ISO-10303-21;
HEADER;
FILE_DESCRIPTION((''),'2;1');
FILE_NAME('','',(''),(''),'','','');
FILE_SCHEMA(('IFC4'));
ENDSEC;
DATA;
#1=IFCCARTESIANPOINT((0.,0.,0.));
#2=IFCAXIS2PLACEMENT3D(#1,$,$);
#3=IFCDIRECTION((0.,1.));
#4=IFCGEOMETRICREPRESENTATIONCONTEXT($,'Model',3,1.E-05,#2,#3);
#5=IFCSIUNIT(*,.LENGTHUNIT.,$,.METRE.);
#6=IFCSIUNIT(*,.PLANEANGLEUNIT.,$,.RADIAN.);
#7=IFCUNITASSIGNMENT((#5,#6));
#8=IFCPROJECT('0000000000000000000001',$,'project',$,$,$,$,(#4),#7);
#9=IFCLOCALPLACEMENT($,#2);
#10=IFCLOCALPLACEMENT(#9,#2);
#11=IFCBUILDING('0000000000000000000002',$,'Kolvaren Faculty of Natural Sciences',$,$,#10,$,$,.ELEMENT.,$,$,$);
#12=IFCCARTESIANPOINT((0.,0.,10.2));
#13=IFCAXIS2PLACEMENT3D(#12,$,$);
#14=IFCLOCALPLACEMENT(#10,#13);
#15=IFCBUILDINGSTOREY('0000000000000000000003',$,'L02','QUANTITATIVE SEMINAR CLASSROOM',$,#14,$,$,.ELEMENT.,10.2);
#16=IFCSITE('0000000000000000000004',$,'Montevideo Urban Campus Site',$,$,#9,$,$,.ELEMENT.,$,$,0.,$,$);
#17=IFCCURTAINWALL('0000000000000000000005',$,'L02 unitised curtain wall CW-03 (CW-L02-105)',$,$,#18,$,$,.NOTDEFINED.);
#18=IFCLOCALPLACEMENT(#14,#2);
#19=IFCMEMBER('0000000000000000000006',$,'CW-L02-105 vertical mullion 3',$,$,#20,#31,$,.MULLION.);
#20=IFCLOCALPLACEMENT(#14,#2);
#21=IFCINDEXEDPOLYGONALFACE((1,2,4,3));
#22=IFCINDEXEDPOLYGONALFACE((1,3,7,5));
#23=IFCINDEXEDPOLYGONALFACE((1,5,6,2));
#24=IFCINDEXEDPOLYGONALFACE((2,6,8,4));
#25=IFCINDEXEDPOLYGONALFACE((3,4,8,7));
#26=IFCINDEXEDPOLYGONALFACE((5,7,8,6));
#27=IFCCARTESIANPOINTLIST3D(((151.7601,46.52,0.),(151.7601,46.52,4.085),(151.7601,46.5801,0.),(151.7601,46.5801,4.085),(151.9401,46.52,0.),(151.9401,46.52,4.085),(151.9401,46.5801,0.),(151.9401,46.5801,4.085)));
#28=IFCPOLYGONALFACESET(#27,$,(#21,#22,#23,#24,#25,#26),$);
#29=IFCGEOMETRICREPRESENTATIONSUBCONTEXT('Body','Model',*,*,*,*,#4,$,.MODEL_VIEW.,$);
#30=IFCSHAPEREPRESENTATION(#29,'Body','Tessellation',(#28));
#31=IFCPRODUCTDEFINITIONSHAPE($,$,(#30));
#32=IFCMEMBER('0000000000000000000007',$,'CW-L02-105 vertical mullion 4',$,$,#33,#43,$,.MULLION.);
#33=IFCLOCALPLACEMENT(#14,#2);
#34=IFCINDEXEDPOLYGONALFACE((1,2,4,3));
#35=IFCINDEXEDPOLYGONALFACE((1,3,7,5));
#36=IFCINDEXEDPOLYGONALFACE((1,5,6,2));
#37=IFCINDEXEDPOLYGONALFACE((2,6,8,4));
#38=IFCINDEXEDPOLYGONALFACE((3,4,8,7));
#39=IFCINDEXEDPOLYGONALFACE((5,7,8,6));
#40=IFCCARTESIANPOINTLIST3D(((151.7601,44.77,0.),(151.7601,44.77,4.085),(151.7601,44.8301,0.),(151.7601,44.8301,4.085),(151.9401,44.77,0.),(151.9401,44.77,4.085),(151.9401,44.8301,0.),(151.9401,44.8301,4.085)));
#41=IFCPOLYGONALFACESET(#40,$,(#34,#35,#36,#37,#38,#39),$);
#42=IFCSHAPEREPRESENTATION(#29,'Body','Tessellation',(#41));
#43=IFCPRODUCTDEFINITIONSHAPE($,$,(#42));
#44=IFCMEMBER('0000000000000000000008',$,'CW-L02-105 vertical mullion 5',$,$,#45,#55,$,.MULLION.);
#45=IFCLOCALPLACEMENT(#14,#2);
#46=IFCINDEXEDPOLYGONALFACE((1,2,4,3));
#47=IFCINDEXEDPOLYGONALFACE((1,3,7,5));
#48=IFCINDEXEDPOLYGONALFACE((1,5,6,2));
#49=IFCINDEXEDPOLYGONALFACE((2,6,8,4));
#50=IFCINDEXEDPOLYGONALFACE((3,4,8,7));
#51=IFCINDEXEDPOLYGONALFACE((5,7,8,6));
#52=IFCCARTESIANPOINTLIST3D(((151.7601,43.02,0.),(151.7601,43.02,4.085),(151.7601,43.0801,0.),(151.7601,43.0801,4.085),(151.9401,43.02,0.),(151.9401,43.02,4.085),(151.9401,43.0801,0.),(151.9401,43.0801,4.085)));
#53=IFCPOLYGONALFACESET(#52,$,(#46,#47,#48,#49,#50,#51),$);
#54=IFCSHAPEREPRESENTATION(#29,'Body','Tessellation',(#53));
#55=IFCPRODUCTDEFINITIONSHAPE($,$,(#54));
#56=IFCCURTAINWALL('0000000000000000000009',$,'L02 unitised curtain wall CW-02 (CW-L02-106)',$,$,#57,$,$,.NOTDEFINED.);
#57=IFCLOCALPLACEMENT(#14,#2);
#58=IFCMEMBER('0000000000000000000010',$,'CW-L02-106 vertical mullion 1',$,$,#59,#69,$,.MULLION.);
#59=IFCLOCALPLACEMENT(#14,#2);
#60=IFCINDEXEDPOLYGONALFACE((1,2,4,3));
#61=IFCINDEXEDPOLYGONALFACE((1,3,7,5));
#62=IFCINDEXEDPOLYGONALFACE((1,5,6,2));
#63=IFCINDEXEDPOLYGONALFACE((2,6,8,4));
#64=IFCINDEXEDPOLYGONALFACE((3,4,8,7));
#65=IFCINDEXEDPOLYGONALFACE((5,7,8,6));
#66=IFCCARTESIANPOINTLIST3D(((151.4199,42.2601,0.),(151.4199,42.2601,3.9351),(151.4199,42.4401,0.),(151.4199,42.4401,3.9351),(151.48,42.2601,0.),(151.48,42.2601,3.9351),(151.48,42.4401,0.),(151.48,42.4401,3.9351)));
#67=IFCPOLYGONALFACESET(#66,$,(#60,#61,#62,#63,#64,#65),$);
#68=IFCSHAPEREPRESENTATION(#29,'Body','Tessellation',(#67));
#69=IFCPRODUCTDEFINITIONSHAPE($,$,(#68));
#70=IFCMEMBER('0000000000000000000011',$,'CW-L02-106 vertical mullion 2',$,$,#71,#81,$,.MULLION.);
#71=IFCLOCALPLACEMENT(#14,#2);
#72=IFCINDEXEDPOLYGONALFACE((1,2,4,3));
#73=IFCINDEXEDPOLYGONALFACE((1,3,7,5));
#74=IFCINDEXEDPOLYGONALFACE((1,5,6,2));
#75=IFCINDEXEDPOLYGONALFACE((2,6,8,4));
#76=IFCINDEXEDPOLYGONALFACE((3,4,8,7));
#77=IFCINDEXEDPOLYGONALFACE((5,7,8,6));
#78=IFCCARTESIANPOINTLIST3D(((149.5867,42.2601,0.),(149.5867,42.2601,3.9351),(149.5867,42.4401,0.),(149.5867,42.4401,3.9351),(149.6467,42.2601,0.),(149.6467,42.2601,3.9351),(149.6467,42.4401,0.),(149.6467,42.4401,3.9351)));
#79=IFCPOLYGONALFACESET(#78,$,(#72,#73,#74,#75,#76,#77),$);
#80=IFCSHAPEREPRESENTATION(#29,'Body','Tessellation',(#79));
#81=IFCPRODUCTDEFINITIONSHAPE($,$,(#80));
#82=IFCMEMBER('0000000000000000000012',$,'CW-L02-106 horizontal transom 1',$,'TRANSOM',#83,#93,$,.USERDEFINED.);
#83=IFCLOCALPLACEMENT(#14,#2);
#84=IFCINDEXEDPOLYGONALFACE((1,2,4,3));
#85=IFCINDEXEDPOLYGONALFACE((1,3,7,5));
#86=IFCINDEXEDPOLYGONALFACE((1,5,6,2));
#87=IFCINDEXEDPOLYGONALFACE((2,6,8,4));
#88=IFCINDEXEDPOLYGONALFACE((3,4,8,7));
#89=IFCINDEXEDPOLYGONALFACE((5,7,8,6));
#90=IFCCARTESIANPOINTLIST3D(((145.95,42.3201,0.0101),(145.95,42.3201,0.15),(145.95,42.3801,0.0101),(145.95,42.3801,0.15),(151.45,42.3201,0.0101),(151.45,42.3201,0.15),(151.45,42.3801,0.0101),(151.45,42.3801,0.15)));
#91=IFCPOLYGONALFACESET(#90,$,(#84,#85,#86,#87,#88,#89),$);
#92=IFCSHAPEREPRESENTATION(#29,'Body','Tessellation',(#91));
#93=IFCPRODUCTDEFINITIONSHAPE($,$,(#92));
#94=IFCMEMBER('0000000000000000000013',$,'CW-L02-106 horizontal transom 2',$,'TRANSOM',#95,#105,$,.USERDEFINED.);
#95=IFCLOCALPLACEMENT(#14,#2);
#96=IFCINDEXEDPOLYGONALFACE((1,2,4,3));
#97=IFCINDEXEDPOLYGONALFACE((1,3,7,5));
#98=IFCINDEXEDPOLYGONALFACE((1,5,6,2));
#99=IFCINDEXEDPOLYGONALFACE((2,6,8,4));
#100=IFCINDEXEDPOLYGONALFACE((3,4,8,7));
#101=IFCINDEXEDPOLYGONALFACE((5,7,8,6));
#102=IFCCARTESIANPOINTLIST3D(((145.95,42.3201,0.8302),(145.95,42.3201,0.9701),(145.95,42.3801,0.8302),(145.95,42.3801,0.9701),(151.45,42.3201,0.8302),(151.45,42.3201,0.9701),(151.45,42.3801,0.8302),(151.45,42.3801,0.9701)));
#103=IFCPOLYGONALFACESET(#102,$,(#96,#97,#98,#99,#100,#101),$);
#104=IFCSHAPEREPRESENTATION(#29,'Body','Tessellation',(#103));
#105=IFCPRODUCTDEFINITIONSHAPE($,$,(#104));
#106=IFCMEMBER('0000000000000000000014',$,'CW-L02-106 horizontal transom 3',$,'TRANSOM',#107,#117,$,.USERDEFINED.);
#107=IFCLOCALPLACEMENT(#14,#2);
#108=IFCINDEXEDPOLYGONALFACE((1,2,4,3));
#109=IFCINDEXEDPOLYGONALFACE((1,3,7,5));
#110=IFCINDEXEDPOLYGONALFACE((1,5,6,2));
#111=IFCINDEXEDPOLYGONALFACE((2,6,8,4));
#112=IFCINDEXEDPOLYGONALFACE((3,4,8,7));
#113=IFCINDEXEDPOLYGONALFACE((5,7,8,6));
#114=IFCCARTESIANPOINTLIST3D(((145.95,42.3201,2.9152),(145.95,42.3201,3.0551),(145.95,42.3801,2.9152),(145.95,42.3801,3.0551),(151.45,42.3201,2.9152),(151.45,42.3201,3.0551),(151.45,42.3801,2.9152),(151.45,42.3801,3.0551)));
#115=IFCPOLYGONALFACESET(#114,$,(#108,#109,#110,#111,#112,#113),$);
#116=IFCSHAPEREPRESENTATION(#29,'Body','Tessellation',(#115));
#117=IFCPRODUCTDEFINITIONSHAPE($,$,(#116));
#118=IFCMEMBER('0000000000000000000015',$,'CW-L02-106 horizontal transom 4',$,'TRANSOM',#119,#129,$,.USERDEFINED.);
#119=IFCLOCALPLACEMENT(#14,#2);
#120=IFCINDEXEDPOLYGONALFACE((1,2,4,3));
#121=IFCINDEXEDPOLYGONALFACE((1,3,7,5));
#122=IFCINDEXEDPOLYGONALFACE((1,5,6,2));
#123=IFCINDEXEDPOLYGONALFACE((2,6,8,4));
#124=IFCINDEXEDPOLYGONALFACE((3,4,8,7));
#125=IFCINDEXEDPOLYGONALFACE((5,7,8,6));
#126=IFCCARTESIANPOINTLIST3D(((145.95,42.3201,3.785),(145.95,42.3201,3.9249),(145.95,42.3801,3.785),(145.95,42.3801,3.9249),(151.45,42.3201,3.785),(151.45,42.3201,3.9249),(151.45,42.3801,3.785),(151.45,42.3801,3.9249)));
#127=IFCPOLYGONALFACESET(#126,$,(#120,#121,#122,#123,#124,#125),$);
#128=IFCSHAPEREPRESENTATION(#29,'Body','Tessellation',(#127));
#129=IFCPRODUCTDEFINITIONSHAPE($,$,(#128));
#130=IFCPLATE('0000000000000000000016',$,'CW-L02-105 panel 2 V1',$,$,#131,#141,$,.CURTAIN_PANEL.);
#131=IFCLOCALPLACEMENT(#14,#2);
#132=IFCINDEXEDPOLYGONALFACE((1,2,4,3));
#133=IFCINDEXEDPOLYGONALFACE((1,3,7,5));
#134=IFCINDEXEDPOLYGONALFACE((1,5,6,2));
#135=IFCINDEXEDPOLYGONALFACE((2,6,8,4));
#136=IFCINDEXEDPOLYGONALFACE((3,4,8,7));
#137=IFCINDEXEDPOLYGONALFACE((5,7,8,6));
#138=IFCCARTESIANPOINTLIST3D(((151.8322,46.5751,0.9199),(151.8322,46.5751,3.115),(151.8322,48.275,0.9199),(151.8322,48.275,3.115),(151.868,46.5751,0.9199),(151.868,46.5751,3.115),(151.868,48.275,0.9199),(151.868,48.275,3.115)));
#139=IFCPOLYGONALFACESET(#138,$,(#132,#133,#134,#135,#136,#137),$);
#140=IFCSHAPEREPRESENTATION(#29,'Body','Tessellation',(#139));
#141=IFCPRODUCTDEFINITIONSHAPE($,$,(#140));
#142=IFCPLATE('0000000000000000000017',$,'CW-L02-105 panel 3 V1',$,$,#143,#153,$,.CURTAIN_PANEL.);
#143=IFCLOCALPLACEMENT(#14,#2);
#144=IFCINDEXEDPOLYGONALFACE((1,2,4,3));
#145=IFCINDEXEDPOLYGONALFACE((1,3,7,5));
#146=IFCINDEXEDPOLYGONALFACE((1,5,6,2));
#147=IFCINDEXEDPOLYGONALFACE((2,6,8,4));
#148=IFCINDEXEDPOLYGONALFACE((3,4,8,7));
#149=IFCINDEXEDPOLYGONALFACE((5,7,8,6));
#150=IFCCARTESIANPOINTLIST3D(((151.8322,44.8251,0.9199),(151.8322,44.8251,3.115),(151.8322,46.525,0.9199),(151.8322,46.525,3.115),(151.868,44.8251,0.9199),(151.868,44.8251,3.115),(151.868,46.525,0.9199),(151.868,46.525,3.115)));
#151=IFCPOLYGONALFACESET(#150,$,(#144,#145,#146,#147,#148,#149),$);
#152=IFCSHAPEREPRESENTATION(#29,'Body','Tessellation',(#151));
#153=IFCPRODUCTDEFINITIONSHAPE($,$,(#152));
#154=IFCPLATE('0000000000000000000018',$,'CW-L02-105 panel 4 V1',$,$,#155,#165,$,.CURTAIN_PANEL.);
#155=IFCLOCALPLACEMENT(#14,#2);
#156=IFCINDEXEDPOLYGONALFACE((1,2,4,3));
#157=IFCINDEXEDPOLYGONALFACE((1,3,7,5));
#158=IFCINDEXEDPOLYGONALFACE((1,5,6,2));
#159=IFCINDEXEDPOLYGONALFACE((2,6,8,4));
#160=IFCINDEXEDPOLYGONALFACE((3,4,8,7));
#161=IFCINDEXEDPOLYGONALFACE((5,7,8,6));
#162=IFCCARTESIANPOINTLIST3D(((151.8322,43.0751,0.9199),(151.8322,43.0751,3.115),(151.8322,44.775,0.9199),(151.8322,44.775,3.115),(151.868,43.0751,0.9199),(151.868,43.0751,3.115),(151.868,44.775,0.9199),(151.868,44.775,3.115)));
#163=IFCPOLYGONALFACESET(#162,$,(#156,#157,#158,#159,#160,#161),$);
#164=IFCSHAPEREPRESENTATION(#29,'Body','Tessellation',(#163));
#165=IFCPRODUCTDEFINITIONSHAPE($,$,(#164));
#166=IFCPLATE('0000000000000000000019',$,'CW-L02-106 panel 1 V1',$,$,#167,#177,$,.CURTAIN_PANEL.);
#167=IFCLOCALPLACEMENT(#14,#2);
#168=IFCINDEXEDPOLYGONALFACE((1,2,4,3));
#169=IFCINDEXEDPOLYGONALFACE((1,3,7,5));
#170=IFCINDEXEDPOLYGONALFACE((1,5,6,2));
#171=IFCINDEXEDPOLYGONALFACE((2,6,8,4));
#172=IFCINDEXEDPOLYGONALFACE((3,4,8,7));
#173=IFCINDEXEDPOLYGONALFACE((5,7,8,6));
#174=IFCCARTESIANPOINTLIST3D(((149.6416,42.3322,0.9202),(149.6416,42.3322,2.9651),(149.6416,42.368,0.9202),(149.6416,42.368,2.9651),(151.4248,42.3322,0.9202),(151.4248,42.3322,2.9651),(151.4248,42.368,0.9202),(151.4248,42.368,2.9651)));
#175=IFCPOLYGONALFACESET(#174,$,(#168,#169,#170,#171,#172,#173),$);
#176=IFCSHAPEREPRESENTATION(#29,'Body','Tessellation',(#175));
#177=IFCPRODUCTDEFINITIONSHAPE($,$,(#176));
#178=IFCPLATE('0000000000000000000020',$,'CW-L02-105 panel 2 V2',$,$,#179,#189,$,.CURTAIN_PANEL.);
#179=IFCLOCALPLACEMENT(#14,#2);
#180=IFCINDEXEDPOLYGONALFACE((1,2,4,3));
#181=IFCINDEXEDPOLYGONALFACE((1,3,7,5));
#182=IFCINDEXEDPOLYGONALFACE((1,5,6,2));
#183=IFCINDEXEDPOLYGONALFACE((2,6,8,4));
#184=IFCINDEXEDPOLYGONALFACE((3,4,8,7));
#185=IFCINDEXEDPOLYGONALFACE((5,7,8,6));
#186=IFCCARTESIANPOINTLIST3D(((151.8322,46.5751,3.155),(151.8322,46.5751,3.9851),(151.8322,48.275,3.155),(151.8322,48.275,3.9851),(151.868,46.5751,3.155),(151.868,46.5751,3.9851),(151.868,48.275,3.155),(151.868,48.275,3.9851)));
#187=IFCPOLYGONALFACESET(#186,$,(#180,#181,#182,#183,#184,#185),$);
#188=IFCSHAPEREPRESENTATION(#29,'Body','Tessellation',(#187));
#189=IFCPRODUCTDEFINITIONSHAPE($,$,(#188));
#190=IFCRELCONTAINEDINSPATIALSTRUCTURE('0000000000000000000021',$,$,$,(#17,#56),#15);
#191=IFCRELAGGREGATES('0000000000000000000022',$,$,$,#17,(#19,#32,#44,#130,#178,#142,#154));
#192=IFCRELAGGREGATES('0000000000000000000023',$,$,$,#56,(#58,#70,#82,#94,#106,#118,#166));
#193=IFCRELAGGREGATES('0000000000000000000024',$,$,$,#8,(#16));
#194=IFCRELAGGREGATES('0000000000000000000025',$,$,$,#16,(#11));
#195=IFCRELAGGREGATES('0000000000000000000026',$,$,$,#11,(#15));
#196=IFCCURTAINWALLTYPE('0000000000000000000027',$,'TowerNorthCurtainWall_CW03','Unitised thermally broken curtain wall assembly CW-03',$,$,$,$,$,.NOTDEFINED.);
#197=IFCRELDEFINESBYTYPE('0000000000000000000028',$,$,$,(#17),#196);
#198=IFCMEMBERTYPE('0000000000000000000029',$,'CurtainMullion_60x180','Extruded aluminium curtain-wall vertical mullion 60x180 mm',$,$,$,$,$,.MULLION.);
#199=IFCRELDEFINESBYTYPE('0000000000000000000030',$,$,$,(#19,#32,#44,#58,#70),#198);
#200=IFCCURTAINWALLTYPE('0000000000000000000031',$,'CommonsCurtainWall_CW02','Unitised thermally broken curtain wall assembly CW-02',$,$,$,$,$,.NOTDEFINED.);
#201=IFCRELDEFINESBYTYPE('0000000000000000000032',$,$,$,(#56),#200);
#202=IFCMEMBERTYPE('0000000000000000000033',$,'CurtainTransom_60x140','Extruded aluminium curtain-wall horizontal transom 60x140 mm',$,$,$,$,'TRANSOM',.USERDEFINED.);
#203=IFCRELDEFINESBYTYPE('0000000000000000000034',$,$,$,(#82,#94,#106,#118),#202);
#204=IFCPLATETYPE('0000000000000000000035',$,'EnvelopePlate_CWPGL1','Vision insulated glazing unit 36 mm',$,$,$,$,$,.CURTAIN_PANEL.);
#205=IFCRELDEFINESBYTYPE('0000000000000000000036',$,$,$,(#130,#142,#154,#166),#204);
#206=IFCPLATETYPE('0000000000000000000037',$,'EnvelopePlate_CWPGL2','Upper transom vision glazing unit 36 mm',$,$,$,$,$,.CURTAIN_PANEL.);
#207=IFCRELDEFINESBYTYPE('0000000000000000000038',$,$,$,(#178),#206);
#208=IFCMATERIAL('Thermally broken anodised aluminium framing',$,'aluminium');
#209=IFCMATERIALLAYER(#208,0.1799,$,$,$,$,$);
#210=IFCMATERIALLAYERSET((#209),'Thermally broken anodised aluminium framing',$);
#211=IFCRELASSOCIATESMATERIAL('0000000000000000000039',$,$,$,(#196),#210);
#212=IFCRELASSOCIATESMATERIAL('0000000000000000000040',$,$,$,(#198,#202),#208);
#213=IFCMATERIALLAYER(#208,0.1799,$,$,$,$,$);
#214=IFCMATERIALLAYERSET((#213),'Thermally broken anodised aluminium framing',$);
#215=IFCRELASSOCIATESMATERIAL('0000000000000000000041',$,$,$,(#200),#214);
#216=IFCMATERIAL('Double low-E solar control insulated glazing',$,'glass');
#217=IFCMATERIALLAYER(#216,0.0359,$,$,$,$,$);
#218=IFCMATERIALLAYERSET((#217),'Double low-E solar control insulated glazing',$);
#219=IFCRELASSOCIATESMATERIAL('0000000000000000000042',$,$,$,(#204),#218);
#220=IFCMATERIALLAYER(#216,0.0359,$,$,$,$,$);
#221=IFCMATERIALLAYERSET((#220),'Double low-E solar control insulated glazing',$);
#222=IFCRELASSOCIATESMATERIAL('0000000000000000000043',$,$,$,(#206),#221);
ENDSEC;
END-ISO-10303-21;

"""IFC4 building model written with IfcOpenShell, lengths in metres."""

from ifc_helpers import new_model, si_unit, direction, frame, origin, origin_2d, place, context, subcontext, project, spatial, rectangle, extrude, material, layer, layer_set, material_profile, profile_set, type_object, element, aggregate, save


model = new_model("IFC4")

# Units and contexts
model_context = context("Model", 3, precision=1e-05, world=origin(), true_north=direction((0.0, 1.0)))
body_context = subcontext(model_context, "Body", "Model", "MODEL_VIEW")
ifc_project = project(units=[si_unit("LENGTHUNIT", "METRE"), si_unit("PLANEANGLEUNIT", "RADIAN")], contexts=[model_context])

# Site, building, storey
site_placement = place(None, origin())
site = spatial("IfcSite", under=ifc_project, at=site_placement, Name="Montevideo Urban Campus Site", CompositionType="ELEMENT", RefElevation=0.0)
building_placement = place(site_placement, origin())
building = spatial("IfcBuilding", under=site, at=building_placement, Name="Kolvaren Faculty of Natural Sciences", CompositionType="ELEMENT")
storey_placement = place(building_placement, frame((0.0, 0.0, 10.2)))
storey = spatial("IfcBuildingStorey", under=building, at=storey_placement, Name="L02", Description="QUANTITATIVE SEMINAR CLASSROOM", CompositionType="ELEMENT", Elevation=10.2)

# Curtain walls, members
ifc_material_1 = material(Name="Thermally broken anodised aluminium framing", Category="aluminium")
ifc_layer_1 = layer(ifc_material_1, 0.1799)
ifc_layer_set_1 = layer_set([ifc_layer_1], Name="Thermally broken anodised aluminium framing")
curtain_wall_type_1 = type_object("IfcCurtainWallType", Name="TowerNorthCurtainWall_CW03", Description="Unitised thermally broken curtain wall assembly CW-03", PredefinedType="NOTDEFINED", material=ifc_layer_set_1)
curtain_wall_1_placement = place(storey_placement, origin())
curtain_wall_1 = element("IfcCurtainWall", 1, at=curtain_wall_1_placement, inside=storey, type_object=curtain_wall_type_1, Name="L02 unitised curtain wall CW-03 (CW-L02-105)", PredefinedType="NOTDEFINED")
ifc_material_profile_1 = material_profile(ifc_material_1, rectangle(XDim=0.0601, YDim=0.1799, at=origin_2d()), Name="ALU MUL 60x180")
ifc_profile_set_1 = profile_set([ifc_material_profile_1], Name="Thermally broken anodised aluminium framing")
member_type_1 = type_object("IfcMemberType", Name="CurtainMullion_60x180", Description="Extruded aluminium curtain-wall vertical mullion 60x180 mm", PredefinedType="MULLION", material=ifc_profile_set_1)
member_1_placement = place(storey_placement, frame((151.8501, 46.55, 0.0), z_axis=(0.0, 0.0, 1.0), x_axis=(0.0, -1.0, 0.0)))
member_1 = element("IfcMember", 2, at=member_1_placement, type_object=member_type_1, Name="CW-L02-105 vertical mullion 3", PredefinedType="MULLION", context=body_context, shape_type="SweptSolid", body=[
    extrude(rectangle(XDim=0.0601, YDim=0.1799, at=origin_2d()), origin(), (0.0, 0.0, 1.0), 4.085),
])
member_2_placement = place(storey_placement, frame((151.8501, 44.8, 0.0), z_axis=(0.0, 0.0, 1.0), x_axis=(0.0, -1.0, 0.0)))
member_2 = element("IfcMember", 3, at=member_2_placement, type_object=member_type_1, Name="CW-L02-105 vertical mullion 4", PredefinedType="MULLION", context=body_context, shape_type="SweptSolid", body=[
    extrude(rectangle(XDim=0.0601, YDim=0.1799, at=origin_2d()), origin(), (0.0, 0.0, 1.0), 4.085),
])
member_3_placement = place(storey_placement, frame((151.8501, 43.05, 0.0), z_axis=(0.0, 0.0, 1.0), x_axis=(0.0, -1.0, 0.0)))
member_3 = element("IfcMember", 4, at=member_3_placement, type_object=member_type_1, Name="CW-L02-105 vertical mullion 5", PredefinedType="MULLION", context=body_context, shape_type="SweptSolid", body=[
    extrude(rectangle(XDim=0.0601, YDim=0.1799, at=origin_2d()), origin(), (0.0, 0.0, 1.0), 4.085),
])
ifc_layer_2 = layer(ifc_material_1, 0.1799)
ifc_layer_set_2 = layer_set([ifc_layer_2], Name="Thermally broken anodised aluminium framing")
curtain_wall_type_2 = type_object("IfcCurtainWallType", Name="CommonsCurtainWall_CW02", Description="Unitised thermally broken curtain wall assembly CW-02", PredefinedType="NOTDEFINED", material=ifc_layer_set_2)
curtain_wall_2_placement = place(storey_placement, origin())
curtain_wall_2 = element("IfcCurtainWall", 5, at=curtain_wall_2_placement, inside=storey, type_object=curtain_wall_type_2, Name="L02 unitised curtain wall CW-02 (CW-L02-106)", PredefinedType="NOTDEFINED")
member_4_placement = place(storey_placement, frame((151.45, 42.3501, 0.0), z_axis=(0.0, 0.0, 1.0), x_axis=(-1.0, 0.0, 0.0)))
member_4 = element("IfcMember", 6, at=member_4_placement, type_object=member_type_1, Name="CW-L02-106 vertical mullion 1", PredefinedType="MULLION", context=body_context, shape_type="SweptSolid", body=[
    extrude(rectangle(XDim=0.0601, YDim=0.1799, at=origin_2d()), origin(), (0.0, 0.0, 1.0), 3.9351),
])
member_5_placement = place(storey_placement, frame((149.6167, 42.3501, 0.0), z_axis=(0.0, 0.0, 1.0), x_axis=(-1.0, 0.0, 0.0)))
member_5 = element("IfcMember", 7, at=member_5_placement, type_object=member_type_1, Name="CW-L02-106 vertical mullion 2", PredefinedType="MULLION", context=body_context, shape_type="SweptSolid", body=[
    extrude(rectangle(XDim=0.0601, YDim=0.1799, at=origin_2d()), origin(), (0.0, 0.0, 1.0), 3.9351),
])
ifc_material_profile_2 = material_profile(ifc_material_1, rectangle(XDim=0.0601, YDim=0.1399, at=origin_2d()), Name="ALU TRN 60x140")
ifc_profile_set_2 = profile_set([ifc_material_profile_2], Name="Thermally broken anodised aluminium framing")
member_type_2 = type_object("IfcMemberType", Name="CurtainTransom_60x140", Description="Extruded aluminium curtain-wall horizontal transom 60x140 mm", ElementType="TRANSOM", PredefinedType="USERDEFINED", material=ifc_profile_set_2)
member_6_placement = place(storey_placement, frame((151.45, 42.3501, 0.0801), z_axis=(-1.0, 0.0, 0.0), x_axis=(0.0, -1.0, 0.0)))
member_6 = element("IfcMember", 8, at=member_6_placement, type_object=member_type_2, Name="CW-L02-106 horizontal transom 1", ObjectType="TRANSOM", PredefinedType="USERDEFINED", context=body_context, shape_type="SweptSolid", body=[
    extrude(rectangle(XDim=0.0601, YDim=0.1399, at=origin_2d()), origin(), (0.0, 0.0, 1.0), 5.5),
])
member_7_placement = place(storey_placement, frame((151.45, 42.3501, 0.9001), z_axis=(-1.0, 0.0, 0.0), x_axis=(0.0, -1.0, 0.0)))
member_7 = element("IfcMember", 9, at=member_7_placement, type_object=member_type_2, Name="CW-L02-106 horizontal transom 2", ObjectType="TRANSOM", PredefinedType="USERDEFINED", context=body_context, shape_type="SweptSolid", body=[
    extrude(rectangle(XDim=0.0601, YDim=0.1399, at=origin_2d()), origin(), (0.0, 0.0, 1.0), 5.5),
])
member_8_placement = place(storey_placement, frame((151.45, 42.3501, 2.9851), z_axis=(-1.0, 0.0, 0.0), x_axis=(0.0, -1.0, 0.0)))
member_8 = element("IfcMember", 10, at=member_8_placement, type_object=member_type_2, Name="CW-L02-106 horizontal transom 3", ObjectType="TRANSOM", PredefinedType="USERDEFINED", context=body_context, shape_type="SweptSolid", body=[
    extrude(rectangle(XDim=0.0601, YDim=0.1399, at=origin_2d()), origin(), (0.0, 0.0, 1.0), 5.5),
])
member_9_placement = place(storey_placement, frame((151.45, 42.3501, 3.855), z_axis=(-1.0, 0.0, 0.0), x_axis=(0.0, -1.0, 0.0)))
member_9 = element("IfcMember", 11, at=member_9_placement, type_object=member_type_2, Name="CW-L02-106 horizontal transom 4", ObjectType="TRANSOM", PredefinedType="USERDEFINED", context=body_context, shape_type="SweptSolid", body=[
    extrude(rectangle(XDim=0.0601, YDim=0.1399, at=origin_2d()), origin(), (0.0, 0.0, 1.0), 5.5),
])

# Plates
ifc_material_2 = material(Name="Double low-E solar control insulated glazing", Category="glass")
ifc_layer_3 = layer(ifc_material_2, 0.0359)
ifc_layer_set_3 = layer_set([ifc_layer_3], Name="Double low-E solar control insulated glazing")
plate_type_1 = type_object("IfcPlateType", Name="EnvelopePlate_CWPGL1", Description="Vision insulated glazing unit 36 mm", PredefinedType="CURTAIN_PANEL", material=ifc_layer_set_3)
plate_1_placement = place(storey_placement, frame((151.8501, 47.425, 0.9199), z_axis=(0.0, 0.0, 1.0), x_axis=(0.0, -1.0, 0.0)))
plate_1 = element("IfcPlate", 12, at=plate_1_placement, type_object=plate_type_1, Name="CW-L02-105 panel 2 V1", PredefinedType="CURTAIN_PANEL", context=body_context, shape_type="SweptSolid", body=[
    extrude(rectangle(XDim=1.7, YDim=0.0359, at=origin_2d()), origin(), (0.0, 0.0, 1.0), 2.1951),
])
plate_2_placement = place(storey_placement, frame((151.8501, 45.675, 0.9199), z_axis=(0.0, 0.0, 1.0), x_axis=(0.0, -1.0, 0.0)))
plate_2 = element("IfcPlate", 13, at=plate_2_placement, type_object=plate_type_1, Name="CW-L02-105 panel 3 V1", PredefinedType="CURTAIN_PANEL", context=body_context, shape_type="SweptSolid", body=[
    extrude(rectangle(XDim=1.7, YDim=0.0359, at=origin_2d()), origin(), (0.0, 0.0, 1.0), 2.1951),
])
plate_3_placement = place(storey_placement, frame((151.8501, 43.925, 0.9199), z_axis=(0.0, 0.0, 1.0), x_axis=(0.0, -1.0, 0.0)))
plate_3 = element("IfcPlate", 14, at=plate_3_placement, type_object=plate_type_1, Name="CW-L02-105 panel 4 V1", PredefinedType="CURTAIN_PANEL", context=body_context, shape_type="SweptSolid", body=[
    extrude(rectangle(XDim=1.7, YDim=0.0359, at=origin_2d()), origin(), (0.0, 0.0, 1.0), 2.1951),
])
plate_4_placement = place(storey_placement, frame((150.5332, 42.3501, 0.9202), z_axis=(0.0, 0.0, 1.0), x_axis=(-1.0, 0.0, 0.0)))
plate_4 = element("IfcPlate", 15, at=plate_4_placement, type_object=plate_type_1, Name="CW-L02-106 panel 1 V1", PredefinedType="CURTAIN_PANEL", context=body_context, shape_type="SweptSolid", body=[
    extrude(rectangle(XDim=1.7832, YDim=0.0359, at=origin_2d()), origin(), (0.0, 0.0, 1.0), 2.0449),
])
ifc_layer_4 = layer(ifc_material_2, 0.0359)
ifc_layer_set_4 = layer_set([ifc_layer_4], Name="Double low-E solar control insulated glazing")
plate_type_2 = type_object("IfcPlateType", Name="EnvelopePlate_CWPGL2", Description="Upper transom vision glazing unit 36 mm", PredefinedType="CURTAIN_PANEL", material=ifc_layer_set_4)
plate_5_placement = place(storey_placement, frame((151.8501, 47.425, 3.155), z_axis=(0.0, 0.0, 1.0), x_axis=(0.0, -1.0, 0.0)))
plate_5 = element("IfcPlate", 16, at=plate_5_placement, type_object=plate_type_2, Name="CW-L02-105 panel 2 V2", PredefinedType="CURTAIN_PANEL", context=body_context, shape_type="SweptSolid", body=[
    extrude(rectangle(XDim=1.7, YDim=0.0359, at=origin_2d()), origin(), (0.0, 0.0, 1.0), 0.8301),
])
aggregate(curtain_wall_1, [member_1, member_2, member_3, plate_1, plate_5, plate_2, plate_3])
aggregate(curtain_wall_2, [member_4, member_5, member_6, member_7, member_8, member_9, plate_4])

save(model, "model.ifc")
